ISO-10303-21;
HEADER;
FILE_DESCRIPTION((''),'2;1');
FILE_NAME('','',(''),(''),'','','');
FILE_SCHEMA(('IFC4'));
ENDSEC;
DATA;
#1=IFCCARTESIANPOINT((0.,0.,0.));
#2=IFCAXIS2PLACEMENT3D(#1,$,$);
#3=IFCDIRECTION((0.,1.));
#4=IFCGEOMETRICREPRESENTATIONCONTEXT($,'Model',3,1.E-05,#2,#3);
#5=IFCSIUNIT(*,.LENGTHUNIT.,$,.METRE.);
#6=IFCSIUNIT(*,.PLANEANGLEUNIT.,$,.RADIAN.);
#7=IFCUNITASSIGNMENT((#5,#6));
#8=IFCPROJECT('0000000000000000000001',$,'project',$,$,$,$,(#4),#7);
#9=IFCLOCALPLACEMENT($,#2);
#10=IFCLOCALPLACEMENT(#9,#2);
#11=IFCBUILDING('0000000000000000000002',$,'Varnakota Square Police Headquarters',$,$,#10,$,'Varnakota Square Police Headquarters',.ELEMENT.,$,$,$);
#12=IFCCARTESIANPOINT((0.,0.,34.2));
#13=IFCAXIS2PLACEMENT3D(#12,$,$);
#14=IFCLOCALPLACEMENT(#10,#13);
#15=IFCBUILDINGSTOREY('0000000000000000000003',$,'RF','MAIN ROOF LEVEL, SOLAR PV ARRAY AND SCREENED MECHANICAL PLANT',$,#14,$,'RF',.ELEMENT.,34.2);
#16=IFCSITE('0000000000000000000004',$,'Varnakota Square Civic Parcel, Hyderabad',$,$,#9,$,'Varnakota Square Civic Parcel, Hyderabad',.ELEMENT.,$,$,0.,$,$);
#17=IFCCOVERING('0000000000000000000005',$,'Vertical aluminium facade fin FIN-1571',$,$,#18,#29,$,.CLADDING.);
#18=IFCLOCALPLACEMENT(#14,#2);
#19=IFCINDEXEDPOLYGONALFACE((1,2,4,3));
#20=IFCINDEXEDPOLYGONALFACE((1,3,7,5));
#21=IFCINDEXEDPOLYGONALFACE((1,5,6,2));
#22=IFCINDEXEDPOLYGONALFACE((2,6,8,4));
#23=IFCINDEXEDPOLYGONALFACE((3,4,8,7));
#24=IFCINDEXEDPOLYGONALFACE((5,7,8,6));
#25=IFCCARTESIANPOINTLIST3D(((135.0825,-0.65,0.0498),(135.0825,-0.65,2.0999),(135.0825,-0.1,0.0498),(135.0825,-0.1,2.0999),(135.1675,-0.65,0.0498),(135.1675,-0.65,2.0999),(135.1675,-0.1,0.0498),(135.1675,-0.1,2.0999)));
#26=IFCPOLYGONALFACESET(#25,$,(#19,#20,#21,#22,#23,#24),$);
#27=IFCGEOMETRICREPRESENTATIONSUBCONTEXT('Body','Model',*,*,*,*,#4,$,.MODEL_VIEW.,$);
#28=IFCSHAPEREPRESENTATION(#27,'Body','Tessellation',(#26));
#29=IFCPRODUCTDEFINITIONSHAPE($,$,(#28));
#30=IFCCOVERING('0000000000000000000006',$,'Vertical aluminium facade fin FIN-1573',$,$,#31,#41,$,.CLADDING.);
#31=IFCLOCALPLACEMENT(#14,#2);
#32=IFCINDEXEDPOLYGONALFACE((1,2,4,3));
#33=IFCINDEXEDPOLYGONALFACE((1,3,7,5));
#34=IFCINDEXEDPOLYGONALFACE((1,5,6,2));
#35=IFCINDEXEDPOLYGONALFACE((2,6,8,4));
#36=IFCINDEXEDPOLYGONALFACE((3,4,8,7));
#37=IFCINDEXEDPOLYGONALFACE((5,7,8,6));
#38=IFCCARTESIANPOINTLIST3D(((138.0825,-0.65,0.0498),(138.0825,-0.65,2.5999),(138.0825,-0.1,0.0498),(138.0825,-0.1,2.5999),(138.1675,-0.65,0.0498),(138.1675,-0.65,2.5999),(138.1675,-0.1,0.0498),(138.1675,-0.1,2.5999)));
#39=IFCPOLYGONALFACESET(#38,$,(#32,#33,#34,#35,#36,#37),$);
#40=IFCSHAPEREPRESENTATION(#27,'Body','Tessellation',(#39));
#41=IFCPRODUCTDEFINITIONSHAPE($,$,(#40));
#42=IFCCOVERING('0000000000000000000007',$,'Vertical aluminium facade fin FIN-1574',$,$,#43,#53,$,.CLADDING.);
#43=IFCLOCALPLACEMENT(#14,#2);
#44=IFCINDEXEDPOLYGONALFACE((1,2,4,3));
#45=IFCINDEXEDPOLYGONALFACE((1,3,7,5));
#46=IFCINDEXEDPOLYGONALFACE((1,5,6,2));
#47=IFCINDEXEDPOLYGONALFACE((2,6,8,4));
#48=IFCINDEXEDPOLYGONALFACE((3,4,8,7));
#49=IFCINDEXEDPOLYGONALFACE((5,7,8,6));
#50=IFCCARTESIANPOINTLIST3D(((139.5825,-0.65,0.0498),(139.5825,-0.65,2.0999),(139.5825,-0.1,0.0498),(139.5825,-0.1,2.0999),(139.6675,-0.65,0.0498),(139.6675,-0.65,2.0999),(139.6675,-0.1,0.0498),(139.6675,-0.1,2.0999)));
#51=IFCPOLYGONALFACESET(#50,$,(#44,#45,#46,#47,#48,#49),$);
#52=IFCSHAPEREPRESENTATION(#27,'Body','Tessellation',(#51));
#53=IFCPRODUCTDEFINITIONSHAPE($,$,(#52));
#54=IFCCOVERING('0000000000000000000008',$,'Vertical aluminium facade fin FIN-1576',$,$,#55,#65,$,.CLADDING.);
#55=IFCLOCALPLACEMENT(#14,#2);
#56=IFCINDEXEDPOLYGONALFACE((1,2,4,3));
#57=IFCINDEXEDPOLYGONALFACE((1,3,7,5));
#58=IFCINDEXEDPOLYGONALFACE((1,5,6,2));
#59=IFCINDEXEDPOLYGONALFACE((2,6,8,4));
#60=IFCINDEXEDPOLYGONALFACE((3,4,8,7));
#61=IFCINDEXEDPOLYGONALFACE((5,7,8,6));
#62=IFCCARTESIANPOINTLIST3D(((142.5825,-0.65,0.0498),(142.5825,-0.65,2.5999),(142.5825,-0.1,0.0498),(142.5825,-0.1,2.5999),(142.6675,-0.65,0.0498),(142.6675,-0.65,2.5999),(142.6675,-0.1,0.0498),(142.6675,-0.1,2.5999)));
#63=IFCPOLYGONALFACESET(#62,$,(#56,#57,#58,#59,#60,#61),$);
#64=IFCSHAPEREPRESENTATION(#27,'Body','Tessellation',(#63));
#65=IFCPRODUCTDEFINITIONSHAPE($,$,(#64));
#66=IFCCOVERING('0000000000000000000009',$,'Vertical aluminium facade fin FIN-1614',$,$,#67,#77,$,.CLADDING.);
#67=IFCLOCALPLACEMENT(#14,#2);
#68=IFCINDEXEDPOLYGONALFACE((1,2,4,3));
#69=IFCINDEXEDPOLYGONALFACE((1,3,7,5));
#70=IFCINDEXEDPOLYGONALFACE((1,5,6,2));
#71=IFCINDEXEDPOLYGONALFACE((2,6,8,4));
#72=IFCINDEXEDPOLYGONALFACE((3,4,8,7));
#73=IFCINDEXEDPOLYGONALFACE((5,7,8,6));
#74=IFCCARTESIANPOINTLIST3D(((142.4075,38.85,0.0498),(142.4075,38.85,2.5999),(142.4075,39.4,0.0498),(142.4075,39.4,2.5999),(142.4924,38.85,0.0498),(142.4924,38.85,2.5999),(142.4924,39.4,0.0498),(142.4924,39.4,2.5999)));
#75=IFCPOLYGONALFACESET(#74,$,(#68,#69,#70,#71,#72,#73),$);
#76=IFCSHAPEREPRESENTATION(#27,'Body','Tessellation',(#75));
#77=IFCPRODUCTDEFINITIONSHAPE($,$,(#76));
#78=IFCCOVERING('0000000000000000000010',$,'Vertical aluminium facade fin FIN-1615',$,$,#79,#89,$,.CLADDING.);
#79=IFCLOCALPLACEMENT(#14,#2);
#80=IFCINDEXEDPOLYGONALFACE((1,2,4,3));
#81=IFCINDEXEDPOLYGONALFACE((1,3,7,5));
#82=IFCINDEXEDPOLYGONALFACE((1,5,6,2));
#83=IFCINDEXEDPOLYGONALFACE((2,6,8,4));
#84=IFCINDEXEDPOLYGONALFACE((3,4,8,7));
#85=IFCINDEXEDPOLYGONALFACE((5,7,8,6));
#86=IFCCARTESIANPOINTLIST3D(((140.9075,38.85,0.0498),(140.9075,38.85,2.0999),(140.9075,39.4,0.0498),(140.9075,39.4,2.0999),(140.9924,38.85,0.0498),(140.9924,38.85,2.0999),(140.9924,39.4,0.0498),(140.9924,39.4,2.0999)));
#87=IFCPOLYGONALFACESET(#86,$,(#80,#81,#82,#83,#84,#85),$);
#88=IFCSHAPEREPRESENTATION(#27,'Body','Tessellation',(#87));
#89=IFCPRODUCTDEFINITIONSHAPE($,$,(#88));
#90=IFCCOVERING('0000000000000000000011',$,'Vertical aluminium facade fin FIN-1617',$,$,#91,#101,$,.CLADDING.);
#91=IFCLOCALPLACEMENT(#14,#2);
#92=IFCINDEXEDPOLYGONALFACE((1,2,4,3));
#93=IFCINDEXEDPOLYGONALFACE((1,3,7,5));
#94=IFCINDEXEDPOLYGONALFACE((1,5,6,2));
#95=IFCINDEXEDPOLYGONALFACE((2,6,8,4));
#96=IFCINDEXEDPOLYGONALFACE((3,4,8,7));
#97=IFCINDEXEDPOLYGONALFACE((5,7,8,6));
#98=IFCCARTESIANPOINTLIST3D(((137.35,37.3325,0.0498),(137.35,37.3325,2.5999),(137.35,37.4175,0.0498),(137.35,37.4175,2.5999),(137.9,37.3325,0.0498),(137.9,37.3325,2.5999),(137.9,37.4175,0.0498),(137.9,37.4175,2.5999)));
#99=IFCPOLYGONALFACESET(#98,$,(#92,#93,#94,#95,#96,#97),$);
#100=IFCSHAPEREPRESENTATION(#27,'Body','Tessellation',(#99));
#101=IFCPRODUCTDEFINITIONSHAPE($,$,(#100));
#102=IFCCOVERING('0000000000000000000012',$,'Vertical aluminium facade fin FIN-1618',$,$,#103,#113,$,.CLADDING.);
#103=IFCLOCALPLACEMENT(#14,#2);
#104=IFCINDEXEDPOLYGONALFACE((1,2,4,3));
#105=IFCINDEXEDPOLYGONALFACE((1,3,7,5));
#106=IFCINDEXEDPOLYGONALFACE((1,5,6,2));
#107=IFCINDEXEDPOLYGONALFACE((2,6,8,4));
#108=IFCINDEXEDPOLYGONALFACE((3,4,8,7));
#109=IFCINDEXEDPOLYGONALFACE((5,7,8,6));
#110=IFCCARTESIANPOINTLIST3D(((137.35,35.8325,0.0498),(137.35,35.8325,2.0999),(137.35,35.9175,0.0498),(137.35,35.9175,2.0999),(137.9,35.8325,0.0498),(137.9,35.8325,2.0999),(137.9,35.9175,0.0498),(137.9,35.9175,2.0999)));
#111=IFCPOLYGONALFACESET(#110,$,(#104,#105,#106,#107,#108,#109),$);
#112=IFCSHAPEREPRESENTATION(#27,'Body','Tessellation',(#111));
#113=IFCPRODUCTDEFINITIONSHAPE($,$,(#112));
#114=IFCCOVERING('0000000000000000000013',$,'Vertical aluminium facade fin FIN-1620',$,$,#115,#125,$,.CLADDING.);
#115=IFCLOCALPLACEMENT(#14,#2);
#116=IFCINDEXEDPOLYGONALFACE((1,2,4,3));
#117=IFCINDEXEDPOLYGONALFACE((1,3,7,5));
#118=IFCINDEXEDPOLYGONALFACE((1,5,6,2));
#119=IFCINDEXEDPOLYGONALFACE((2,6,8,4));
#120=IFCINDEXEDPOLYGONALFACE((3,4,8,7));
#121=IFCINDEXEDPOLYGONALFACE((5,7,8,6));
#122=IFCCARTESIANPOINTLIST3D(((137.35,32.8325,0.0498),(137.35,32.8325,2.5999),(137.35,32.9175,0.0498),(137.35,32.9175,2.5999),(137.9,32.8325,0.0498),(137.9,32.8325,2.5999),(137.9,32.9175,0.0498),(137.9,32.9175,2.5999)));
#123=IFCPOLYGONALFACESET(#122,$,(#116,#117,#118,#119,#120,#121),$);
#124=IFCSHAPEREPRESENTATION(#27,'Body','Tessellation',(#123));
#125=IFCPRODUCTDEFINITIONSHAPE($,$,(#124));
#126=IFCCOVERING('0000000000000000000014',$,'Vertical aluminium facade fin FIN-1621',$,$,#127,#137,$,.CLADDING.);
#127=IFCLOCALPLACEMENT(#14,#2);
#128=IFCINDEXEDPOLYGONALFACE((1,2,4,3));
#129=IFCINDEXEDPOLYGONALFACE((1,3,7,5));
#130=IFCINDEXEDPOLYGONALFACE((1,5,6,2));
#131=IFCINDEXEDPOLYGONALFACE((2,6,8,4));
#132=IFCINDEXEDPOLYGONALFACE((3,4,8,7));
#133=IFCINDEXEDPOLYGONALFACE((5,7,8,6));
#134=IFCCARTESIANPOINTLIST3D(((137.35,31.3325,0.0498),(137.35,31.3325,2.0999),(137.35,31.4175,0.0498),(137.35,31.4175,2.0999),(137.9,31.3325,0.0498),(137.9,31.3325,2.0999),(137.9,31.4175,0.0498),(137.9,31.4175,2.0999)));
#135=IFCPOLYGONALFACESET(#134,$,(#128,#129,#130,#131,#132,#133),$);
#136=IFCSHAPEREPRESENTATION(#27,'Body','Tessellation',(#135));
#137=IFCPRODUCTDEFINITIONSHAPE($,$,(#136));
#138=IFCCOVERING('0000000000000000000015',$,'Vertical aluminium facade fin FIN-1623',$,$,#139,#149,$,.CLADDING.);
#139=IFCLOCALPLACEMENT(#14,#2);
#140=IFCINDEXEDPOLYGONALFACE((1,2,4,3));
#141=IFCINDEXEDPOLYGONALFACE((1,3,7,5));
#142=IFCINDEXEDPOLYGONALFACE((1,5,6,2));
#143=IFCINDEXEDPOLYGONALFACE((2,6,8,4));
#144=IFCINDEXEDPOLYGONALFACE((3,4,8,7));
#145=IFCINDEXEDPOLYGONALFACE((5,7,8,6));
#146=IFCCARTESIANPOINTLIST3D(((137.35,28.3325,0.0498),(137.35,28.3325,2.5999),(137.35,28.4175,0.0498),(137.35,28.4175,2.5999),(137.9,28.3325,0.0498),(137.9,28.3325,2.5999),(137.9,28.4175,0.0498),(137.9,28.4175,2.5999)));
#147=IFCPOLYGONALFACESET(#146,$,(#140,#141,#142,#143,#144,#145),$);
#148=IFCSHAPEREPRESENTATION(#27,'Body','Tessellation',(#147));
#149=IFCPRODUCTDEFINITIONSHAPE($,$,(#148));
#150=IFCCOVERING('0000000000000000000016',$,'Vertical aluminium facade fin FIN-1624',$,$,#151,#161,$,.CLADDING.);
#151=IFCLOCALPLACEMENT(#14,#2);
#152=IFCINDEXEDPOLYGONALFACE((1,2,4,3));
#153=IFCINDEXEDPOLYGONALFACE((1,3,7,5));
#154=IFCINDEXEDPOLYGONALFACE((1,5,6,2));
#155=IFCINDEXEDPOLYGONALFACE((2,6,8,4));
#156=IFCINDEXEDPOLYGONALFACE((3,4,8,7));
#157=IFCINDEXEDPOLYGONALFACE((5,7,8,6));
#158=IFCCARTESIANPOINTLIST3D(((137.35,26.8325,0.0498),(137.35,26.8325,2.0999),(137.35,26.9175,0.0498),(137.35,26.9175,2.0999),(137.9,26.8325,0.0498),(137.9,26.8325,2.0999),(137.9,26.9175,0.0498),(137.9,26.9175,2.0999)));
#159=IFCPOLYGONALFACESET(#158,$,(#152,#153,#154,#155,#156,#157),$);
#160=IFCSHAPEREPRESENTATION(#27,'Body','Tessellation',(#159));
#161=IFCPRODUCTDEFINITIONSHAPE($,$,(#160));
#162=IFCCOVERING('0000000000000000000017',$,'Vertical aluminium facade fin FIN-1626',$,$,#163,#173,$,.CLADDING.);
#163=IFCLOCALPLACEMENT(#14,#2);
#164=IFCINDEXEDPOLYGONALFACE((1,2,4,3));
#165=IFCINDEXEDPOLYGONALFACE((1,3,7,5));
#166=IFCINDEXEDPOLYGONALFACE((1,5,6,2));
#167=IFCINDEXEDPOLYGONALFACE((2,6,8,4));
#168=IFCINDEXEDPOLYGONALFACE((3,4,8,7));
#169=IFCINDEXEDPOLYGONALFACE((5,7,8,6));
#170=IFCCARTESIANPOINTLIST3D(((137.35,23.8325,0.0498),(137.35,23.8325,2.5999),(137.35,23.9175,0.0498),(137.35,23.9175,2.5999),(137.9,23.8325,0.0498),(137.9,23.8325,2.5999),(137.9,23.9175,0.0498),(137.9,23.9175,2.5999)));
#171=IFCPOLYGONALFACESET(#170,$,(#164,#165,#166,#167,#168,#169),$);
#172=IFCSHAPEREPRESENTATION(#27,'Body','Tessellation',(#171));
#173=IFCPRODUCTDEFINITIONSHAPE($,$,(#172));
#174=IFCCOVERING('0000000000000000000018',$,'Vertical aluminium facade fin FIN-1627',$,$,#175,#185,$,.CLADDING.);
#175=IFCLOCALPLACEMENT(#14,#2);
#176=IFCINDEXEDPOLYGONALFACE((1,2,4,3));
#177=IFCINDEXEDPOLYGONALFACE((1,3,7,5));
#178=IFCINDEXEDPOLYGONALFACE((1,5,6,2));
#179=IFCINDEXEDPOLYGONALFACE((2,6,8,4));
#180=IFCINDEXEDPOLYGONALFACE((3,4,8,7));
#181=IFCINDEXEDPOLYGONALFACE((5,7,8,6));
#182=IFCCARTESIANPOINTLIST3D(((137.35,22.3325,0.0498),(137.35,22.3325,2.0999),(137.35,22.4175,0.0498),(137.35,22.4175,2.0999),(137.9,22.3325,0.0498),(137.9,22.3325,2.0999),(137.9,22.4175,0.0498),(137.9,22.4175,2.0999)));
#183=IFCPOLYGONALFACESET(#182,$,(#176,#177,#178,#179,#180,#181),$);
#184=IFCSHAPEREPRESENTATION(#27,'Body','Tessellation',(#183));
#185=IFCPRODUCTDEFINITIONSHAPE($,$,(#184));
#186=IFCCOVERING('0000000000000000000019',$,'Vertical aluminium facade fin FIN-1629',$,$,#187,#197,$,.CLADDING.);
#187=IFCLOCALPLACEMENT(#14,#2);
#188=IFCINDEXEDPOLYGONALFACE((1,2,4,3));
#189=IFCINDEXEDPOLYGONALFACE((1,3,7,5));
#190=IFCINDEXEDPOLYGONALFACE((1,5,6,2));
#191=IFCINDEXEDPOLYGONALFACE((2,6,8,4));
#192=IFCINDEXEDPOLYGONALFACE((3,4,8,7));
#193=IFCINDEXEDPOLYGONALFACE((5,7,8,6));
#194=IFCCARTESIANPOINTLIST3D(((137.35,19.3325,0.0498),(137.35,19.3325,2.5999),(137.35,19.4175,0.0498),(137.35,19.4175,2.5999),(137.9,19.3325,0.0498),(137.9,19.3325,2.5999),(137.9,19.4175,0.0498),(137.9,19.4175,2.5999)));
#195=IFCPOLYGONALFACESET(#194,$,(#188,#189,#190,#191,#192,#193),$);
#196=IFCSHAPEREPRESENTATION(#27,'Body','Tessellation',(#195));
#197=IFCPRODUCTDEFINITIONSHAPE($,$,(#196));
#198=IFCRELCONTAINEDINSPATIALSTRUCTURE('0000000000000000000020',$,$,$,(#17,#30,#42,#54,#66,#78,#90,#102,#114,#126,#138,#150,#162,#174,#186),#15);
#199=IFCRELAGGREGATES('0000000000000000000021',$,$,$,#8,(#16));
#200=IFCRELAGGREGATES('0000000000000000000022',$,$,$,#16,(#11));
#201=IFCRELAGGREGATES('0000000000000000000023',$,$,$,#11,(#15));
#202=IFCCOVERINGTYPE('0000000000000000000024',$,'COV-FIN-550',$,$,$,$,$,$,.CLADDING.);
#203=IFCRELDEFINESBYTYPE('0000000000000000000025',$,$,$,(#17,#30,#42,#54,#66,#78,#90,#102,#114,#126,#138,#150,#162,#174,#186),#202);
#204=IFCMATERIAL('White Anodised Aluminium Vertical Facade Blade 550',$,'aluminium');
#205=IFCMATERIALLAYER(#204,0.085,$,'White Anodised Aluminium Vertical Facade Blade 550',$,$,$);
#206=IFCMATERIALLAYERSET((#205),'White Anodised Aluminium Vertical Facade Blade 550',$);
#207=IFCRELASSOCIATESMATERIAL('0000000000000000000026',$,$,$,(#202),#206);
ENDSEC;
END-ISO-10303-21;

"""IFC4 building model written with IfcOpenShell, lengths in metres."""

from ifc_helpers import new_model, si_unit, direction, frame, origin, origin_2d, place, context, subcontext, project, spatial, rectangle, extrude, material, layer, layer_set, type_object, element, save


model = new_model("IFC4")

# Units and contexts
model_context = context("Model", 3, precision=1e-05, world=origin(), true_north=direction((0.0, 1.0)))
body_context = subcontext(model_context, "Body", "Model", "MODEL_VIEW")
ifc_project = project(units=[si_unit("LENGTHUNIT", "METRE"), si_unit("PLANEANGLEUNIT", "RADIAN")], contexts=[model_context])

# Site, building, storey
site_placement = place(None, origin())
site = spatial("IfcSite", under=ifc_project, at=site_placement, Name="Varnakota Square Civic Parcel, Hyderabad", LongName="Varnakota Square Civic Parcel, Hyderabad", CompositionType="ELEMENT", RefElevation=0.0)
building_placement = place(site_placement, origin())
building = spatial("IfcBuilding", under=site, at=building_placement, Name="Varnakota Square Police Headquarters", LongName="Varnakota Square Police Headquarters", CompositionType="ELEMENT")
storey_placement = place(building_placement, frame((0.0, 0.0, 34.2)))
storey = spatial("IfcBuildingStorey", under=building, at=storey_placement, Name="RF", Description="MAIN ROOF LEVEL, SOLAR PV ARRAY AND SCREENED MECHANICAL PLANT", LongName="RF", CompositionType="ELEMENT", Elevation=34.2)

# Coverings
ifc_material_1 = material(Name="White Anodised Aluminium Vertical Facade Blade 550", Category="aluminium")
ifc_layer_1 = layer(ifc_material_1, 0.085, Name="White Anodised Aluminium Vertical Facade Blade 550")
ifc_layer_set_1 = layer_set([ifc_layer_1], Name="White Anodised Aluminium Vertical Facade Blade 550")
covering_type_1 = type_object("IfcCoveringType", Name="COV-FIN-550", PredefinedType="CLADDING", material=ifc_layer_set_1)
covering_1_placement = place(storey_placement, frame((135.125, -0.375, 0.0498), z_axis=(0.0, 0.0, 1.0), x_axis=(1.0, 0.0, 0.0)))
element("IfcCovering", 1, at=covering_1_placement, inside=storey, type_object=covering_type_1, Name="Vertical aluminium facade fin FIN-1571", PredefinedType="CLADDING", context=body_context, shape_type="SweptSolid", body=[
    extrude(rectangle(XDim=0.085, YDim=0.55, at=origin_2d()), origin(), (0.0, 0.0, 1.0), 2.05),
])
covering_2_placement = place(storey_placement, frame((138.125, -0.375, 0.0498), z_axis=(0.0, 0.0, 1.0), x_axis=(1.0, 0.0, 0.0)))
element("IfcCovering", 2, at=covering_2_placement, inside=storey, type_object=covering_type_1, Name="Vertical aluminium facade fin FIN-1573", PredefinedType="CLADDING", context=body_context, shape_type="SweptSolid", body=[
    extrude(rectangle(XDim=0.085, YDim=0.55, at=origin_2d()), origin(), (0.0, 0.0, 1.0), 2.55),
])
covering_3_placement = place(storey_placement, frame((139.625, -0.375, 0.0498), z_axis=(0.0, 0.0, 1.0), x_axis=(1.0, 0.0, 0.0)))
element("IfcCovering", 3, at=covering_3_placement, inside=storey, type_object=covering_type_1, Name="Vertical aluminium facade fin FIN-1574", PredefinedType="CLADDING", context=body_context, shape_type="SweptSolid", body=[
    extrude(rectangle(XDim=0.085, YDim=0.55, at=origin_2d()), origin(), (0.0, 0.0, 1.0), 2.05),
])
for number, where, z_axis, x_axis, name in (
    (4, (142.625, -0.375, 0.0498), (0.0, 0.0, 1.0), (1.0, 0.0, 0.0), "Vertical aluminium facade fin FIN-1576"),
    (5, (142.45, 39.125, 0.0498), (0.0, 0.0, 1.0), (-1.0, 0.0, 0.0), "Vertical aluminium facade fin FIN-1614"),
):
    element("IfcCovering", number, at=place(storey_placement, frame(where, z_axis=z_axis, x_axis=x_axis)), inside=storey, type_object=covering_type_1, Name=name, PredefinedType="CLADDING", context=body_context, shape_type="SweptSolid", body=[
        extrude(rectangle(XDim=0.085, YDim=0.55, at=origin_2d()), origin(), (0.0, 0.0, 1.0), 2.55),
    ])
covering_4_placement = place(storey_placement, frame((140.95, 39.125, 0.0498), z_axis=(0.0, 0.0, 1.0), x_axis=(-1.0, 0.0, 0.0)))
element("IfcCovering", 6, at=covering_4_placement, inside=storey, type_object=covering_type_1, Name="Vertical aluminium facade fin FIN-1615", PredefinedType="CLADDING", context=body_context, shape_type="SweptSolid", body=[
    extrude(rectangle(XDim=0.085, YDim=0.55, at=origin_2d()), origin(), (0.0, 0.0, 1.0), 2.05),
])
covering_5_placement = place(storey_placement, frame((137.625, 37.375, 0.0498), z_axis=(0.0, 0.0, 1.0), x_axis=(0.0, -1.0, 0.0)))
element("IfcCovering", 7, at=covering_5_placement, inside=storey, type_object=covering_type_1, Name="Vertical aluminium facade fin FIN-1617", PredefinedType="CLADDING", context=body_context, shape_type="SweptSolid", body=[
    extrude(rectangle(XDim=0.085, YDim=0.55, at=origin_2d()), origin(), (0.0, 0.0, 1.0), 2.55),
])
covering_6_placement = place(storey_placement, frame((137.625, 35.875, 0.0498), z_axis=(0.0, 0.0, 1.0), x_axis=(0.0, -1.0, 0.0)))
element("IfcCovering", 8, at=covering_6_placement, inside=storey, type_object=covering_type_1, Name="Vertical aluminium facade fin FIN-1618", PredefinedType="CLADDING", context=body_context, shape_type="SweptSolid", body=[
    extrude(rectangle(XDim=0.085, YDim=0.55, at=origin_2d()), origin(), (0.0, 0.0, 1.0), 2.05),
])
covering_7_placement = place(storey_placement, frame((137.625, 32.875, 0.0498), z_axis=(0.0, 0.0, 1.0), x_axis=(0.0, -1.0, 0.0)))
element("IfcCovering", 9, at=covering_7_placement, inside=storey, type_object=covering_type_1, Name="Vertical aluminium facade fin FIN-1620", PredefinedType="CLADDING", context=body_context, shape_type="SweptSolid", body=[
    extrude(rectangle(XDim=0.085, YDim=0.55, at=origin_2d()), origin(), (0.0, 0.0, 1.0), 2.55),
])
covering_8_placement = place(storey_placement, frame((137.625, 31.375, 0.0498), z_axis=(0.0, 0.0, 1.0), x_axis=(0.0, -1.0, 0.0)))
element("IfcCovering", 10, at=covering_8_placement, inside=storey, type_object=covering_type_1, Name="Vertical aluminium facade fin FIN-1621", PredefinedType="CLADDING", context=body_context, shape_type="SweptSolid", body=[
    extrude(rectangle(XDim=0.085, YDim=0.55, at=origin_2d()), origin(), (0.0, 0.0, 1.0), 2.05),
])
covering_9_placement = place(storey_placement, frame((137.625, 28.375, 0.0498), z_axis=(0.0, 0.0, 1.0), x_axis=(0.0, -1.0, 0.0)))
element("IfcCovering", 11, at=covering_9_placement, inside=storey, type_object=covering_type_1, Name="Vertical aluminium facade fin FIN-1623", PredefinedType="CLADDING", context=body_context, shape_type="SweptSolid", body=[
    extrude(rectangle(XDim=0.085, YDim=0.55, at=origin_2d()), origin(), (0.0, 0.0, 1.0), 2.55),
])
covering_10_placement = place(storey_placement, frame((137.625, 26.875, 0.0498), z_axis=(0.0, 0.0, 1.0), x_axis=(0.0, -1.0, 0.0)))
element("IfcCovering", 12, at=covering_10_placement, inside=storey, type_object=covering_type_1, Name="Vertical aluminium facade fin FIN-1624", PredefinedType="CLADDING", context=body_context, shape_type="SweptSolid", body=[
    extrude(rectangle(XDim=0.085, YDim=0.55, at=origin_2d()), origin(), (0.0, 0.0, 1.0), 2.05),
])
covering_11_placement = place(storey_placement, frame((137.625, 23.875, 0.0498), z_axis=(0.0, 0.0, 1.0), x_axis=(0.0, -1.0, 0.0)))
element("IfcCovering", 13, at=covering_11_placement, inside=storey, type_object=covering_type_1, Name="Vertical aluminium facade fin FIN-1626", PredefinedType="CLADDING", context=body_context, shape_type="SweptSolid", body=[
    extrude(rectangle(XDim=0.085, YDim=0.55, at=origin_2d()), origin(), (0.0, 0.0, 1.0), 2.55),
])
covering_12_placement = place(storey_placement, frame((137.625, 22.375, 0.0498), z_axis=(0.0, 0.0, 1.0), x_axis=(0.0, -1.0, 0.0)))
element("IfcCovering", 14, at=covering_12_placement, inside=storey, type_object=covering_type_1, Name="Vertical aluminium facade fin FIN-1627", PredefinedType="CLADDING", context=body_context, shape_type="SweptSolid", body=[
    extrude(rectangle(XDim=0.085, YDim=0.55, at=origin_2d()), origin(), (0.0, 0.0, 1.0), 2.05),
])
covering_13_placement = place(storey_placement, frame((137.625, 19.375, 0.0498), z_axis=(0.0, 0.0, 1.0), x_axis=(0.0, -1.0, 0.0)))
element("IfcCovering", 15, at=covering_13_placement, inside=storey, type_object=covering_type_1, Name="Vertical aluminium facade fin FIN-1629", PredefinedType="CLADDING", context=body_context, shape_type="SweptSolid", body=[
    extrude(rectangle(XDim=0.085, YDim=0.55, at=origin_2d()), origin(), (0.0, 0.0, 1.0), 2.55),
])

save(model, "model.ifc")
